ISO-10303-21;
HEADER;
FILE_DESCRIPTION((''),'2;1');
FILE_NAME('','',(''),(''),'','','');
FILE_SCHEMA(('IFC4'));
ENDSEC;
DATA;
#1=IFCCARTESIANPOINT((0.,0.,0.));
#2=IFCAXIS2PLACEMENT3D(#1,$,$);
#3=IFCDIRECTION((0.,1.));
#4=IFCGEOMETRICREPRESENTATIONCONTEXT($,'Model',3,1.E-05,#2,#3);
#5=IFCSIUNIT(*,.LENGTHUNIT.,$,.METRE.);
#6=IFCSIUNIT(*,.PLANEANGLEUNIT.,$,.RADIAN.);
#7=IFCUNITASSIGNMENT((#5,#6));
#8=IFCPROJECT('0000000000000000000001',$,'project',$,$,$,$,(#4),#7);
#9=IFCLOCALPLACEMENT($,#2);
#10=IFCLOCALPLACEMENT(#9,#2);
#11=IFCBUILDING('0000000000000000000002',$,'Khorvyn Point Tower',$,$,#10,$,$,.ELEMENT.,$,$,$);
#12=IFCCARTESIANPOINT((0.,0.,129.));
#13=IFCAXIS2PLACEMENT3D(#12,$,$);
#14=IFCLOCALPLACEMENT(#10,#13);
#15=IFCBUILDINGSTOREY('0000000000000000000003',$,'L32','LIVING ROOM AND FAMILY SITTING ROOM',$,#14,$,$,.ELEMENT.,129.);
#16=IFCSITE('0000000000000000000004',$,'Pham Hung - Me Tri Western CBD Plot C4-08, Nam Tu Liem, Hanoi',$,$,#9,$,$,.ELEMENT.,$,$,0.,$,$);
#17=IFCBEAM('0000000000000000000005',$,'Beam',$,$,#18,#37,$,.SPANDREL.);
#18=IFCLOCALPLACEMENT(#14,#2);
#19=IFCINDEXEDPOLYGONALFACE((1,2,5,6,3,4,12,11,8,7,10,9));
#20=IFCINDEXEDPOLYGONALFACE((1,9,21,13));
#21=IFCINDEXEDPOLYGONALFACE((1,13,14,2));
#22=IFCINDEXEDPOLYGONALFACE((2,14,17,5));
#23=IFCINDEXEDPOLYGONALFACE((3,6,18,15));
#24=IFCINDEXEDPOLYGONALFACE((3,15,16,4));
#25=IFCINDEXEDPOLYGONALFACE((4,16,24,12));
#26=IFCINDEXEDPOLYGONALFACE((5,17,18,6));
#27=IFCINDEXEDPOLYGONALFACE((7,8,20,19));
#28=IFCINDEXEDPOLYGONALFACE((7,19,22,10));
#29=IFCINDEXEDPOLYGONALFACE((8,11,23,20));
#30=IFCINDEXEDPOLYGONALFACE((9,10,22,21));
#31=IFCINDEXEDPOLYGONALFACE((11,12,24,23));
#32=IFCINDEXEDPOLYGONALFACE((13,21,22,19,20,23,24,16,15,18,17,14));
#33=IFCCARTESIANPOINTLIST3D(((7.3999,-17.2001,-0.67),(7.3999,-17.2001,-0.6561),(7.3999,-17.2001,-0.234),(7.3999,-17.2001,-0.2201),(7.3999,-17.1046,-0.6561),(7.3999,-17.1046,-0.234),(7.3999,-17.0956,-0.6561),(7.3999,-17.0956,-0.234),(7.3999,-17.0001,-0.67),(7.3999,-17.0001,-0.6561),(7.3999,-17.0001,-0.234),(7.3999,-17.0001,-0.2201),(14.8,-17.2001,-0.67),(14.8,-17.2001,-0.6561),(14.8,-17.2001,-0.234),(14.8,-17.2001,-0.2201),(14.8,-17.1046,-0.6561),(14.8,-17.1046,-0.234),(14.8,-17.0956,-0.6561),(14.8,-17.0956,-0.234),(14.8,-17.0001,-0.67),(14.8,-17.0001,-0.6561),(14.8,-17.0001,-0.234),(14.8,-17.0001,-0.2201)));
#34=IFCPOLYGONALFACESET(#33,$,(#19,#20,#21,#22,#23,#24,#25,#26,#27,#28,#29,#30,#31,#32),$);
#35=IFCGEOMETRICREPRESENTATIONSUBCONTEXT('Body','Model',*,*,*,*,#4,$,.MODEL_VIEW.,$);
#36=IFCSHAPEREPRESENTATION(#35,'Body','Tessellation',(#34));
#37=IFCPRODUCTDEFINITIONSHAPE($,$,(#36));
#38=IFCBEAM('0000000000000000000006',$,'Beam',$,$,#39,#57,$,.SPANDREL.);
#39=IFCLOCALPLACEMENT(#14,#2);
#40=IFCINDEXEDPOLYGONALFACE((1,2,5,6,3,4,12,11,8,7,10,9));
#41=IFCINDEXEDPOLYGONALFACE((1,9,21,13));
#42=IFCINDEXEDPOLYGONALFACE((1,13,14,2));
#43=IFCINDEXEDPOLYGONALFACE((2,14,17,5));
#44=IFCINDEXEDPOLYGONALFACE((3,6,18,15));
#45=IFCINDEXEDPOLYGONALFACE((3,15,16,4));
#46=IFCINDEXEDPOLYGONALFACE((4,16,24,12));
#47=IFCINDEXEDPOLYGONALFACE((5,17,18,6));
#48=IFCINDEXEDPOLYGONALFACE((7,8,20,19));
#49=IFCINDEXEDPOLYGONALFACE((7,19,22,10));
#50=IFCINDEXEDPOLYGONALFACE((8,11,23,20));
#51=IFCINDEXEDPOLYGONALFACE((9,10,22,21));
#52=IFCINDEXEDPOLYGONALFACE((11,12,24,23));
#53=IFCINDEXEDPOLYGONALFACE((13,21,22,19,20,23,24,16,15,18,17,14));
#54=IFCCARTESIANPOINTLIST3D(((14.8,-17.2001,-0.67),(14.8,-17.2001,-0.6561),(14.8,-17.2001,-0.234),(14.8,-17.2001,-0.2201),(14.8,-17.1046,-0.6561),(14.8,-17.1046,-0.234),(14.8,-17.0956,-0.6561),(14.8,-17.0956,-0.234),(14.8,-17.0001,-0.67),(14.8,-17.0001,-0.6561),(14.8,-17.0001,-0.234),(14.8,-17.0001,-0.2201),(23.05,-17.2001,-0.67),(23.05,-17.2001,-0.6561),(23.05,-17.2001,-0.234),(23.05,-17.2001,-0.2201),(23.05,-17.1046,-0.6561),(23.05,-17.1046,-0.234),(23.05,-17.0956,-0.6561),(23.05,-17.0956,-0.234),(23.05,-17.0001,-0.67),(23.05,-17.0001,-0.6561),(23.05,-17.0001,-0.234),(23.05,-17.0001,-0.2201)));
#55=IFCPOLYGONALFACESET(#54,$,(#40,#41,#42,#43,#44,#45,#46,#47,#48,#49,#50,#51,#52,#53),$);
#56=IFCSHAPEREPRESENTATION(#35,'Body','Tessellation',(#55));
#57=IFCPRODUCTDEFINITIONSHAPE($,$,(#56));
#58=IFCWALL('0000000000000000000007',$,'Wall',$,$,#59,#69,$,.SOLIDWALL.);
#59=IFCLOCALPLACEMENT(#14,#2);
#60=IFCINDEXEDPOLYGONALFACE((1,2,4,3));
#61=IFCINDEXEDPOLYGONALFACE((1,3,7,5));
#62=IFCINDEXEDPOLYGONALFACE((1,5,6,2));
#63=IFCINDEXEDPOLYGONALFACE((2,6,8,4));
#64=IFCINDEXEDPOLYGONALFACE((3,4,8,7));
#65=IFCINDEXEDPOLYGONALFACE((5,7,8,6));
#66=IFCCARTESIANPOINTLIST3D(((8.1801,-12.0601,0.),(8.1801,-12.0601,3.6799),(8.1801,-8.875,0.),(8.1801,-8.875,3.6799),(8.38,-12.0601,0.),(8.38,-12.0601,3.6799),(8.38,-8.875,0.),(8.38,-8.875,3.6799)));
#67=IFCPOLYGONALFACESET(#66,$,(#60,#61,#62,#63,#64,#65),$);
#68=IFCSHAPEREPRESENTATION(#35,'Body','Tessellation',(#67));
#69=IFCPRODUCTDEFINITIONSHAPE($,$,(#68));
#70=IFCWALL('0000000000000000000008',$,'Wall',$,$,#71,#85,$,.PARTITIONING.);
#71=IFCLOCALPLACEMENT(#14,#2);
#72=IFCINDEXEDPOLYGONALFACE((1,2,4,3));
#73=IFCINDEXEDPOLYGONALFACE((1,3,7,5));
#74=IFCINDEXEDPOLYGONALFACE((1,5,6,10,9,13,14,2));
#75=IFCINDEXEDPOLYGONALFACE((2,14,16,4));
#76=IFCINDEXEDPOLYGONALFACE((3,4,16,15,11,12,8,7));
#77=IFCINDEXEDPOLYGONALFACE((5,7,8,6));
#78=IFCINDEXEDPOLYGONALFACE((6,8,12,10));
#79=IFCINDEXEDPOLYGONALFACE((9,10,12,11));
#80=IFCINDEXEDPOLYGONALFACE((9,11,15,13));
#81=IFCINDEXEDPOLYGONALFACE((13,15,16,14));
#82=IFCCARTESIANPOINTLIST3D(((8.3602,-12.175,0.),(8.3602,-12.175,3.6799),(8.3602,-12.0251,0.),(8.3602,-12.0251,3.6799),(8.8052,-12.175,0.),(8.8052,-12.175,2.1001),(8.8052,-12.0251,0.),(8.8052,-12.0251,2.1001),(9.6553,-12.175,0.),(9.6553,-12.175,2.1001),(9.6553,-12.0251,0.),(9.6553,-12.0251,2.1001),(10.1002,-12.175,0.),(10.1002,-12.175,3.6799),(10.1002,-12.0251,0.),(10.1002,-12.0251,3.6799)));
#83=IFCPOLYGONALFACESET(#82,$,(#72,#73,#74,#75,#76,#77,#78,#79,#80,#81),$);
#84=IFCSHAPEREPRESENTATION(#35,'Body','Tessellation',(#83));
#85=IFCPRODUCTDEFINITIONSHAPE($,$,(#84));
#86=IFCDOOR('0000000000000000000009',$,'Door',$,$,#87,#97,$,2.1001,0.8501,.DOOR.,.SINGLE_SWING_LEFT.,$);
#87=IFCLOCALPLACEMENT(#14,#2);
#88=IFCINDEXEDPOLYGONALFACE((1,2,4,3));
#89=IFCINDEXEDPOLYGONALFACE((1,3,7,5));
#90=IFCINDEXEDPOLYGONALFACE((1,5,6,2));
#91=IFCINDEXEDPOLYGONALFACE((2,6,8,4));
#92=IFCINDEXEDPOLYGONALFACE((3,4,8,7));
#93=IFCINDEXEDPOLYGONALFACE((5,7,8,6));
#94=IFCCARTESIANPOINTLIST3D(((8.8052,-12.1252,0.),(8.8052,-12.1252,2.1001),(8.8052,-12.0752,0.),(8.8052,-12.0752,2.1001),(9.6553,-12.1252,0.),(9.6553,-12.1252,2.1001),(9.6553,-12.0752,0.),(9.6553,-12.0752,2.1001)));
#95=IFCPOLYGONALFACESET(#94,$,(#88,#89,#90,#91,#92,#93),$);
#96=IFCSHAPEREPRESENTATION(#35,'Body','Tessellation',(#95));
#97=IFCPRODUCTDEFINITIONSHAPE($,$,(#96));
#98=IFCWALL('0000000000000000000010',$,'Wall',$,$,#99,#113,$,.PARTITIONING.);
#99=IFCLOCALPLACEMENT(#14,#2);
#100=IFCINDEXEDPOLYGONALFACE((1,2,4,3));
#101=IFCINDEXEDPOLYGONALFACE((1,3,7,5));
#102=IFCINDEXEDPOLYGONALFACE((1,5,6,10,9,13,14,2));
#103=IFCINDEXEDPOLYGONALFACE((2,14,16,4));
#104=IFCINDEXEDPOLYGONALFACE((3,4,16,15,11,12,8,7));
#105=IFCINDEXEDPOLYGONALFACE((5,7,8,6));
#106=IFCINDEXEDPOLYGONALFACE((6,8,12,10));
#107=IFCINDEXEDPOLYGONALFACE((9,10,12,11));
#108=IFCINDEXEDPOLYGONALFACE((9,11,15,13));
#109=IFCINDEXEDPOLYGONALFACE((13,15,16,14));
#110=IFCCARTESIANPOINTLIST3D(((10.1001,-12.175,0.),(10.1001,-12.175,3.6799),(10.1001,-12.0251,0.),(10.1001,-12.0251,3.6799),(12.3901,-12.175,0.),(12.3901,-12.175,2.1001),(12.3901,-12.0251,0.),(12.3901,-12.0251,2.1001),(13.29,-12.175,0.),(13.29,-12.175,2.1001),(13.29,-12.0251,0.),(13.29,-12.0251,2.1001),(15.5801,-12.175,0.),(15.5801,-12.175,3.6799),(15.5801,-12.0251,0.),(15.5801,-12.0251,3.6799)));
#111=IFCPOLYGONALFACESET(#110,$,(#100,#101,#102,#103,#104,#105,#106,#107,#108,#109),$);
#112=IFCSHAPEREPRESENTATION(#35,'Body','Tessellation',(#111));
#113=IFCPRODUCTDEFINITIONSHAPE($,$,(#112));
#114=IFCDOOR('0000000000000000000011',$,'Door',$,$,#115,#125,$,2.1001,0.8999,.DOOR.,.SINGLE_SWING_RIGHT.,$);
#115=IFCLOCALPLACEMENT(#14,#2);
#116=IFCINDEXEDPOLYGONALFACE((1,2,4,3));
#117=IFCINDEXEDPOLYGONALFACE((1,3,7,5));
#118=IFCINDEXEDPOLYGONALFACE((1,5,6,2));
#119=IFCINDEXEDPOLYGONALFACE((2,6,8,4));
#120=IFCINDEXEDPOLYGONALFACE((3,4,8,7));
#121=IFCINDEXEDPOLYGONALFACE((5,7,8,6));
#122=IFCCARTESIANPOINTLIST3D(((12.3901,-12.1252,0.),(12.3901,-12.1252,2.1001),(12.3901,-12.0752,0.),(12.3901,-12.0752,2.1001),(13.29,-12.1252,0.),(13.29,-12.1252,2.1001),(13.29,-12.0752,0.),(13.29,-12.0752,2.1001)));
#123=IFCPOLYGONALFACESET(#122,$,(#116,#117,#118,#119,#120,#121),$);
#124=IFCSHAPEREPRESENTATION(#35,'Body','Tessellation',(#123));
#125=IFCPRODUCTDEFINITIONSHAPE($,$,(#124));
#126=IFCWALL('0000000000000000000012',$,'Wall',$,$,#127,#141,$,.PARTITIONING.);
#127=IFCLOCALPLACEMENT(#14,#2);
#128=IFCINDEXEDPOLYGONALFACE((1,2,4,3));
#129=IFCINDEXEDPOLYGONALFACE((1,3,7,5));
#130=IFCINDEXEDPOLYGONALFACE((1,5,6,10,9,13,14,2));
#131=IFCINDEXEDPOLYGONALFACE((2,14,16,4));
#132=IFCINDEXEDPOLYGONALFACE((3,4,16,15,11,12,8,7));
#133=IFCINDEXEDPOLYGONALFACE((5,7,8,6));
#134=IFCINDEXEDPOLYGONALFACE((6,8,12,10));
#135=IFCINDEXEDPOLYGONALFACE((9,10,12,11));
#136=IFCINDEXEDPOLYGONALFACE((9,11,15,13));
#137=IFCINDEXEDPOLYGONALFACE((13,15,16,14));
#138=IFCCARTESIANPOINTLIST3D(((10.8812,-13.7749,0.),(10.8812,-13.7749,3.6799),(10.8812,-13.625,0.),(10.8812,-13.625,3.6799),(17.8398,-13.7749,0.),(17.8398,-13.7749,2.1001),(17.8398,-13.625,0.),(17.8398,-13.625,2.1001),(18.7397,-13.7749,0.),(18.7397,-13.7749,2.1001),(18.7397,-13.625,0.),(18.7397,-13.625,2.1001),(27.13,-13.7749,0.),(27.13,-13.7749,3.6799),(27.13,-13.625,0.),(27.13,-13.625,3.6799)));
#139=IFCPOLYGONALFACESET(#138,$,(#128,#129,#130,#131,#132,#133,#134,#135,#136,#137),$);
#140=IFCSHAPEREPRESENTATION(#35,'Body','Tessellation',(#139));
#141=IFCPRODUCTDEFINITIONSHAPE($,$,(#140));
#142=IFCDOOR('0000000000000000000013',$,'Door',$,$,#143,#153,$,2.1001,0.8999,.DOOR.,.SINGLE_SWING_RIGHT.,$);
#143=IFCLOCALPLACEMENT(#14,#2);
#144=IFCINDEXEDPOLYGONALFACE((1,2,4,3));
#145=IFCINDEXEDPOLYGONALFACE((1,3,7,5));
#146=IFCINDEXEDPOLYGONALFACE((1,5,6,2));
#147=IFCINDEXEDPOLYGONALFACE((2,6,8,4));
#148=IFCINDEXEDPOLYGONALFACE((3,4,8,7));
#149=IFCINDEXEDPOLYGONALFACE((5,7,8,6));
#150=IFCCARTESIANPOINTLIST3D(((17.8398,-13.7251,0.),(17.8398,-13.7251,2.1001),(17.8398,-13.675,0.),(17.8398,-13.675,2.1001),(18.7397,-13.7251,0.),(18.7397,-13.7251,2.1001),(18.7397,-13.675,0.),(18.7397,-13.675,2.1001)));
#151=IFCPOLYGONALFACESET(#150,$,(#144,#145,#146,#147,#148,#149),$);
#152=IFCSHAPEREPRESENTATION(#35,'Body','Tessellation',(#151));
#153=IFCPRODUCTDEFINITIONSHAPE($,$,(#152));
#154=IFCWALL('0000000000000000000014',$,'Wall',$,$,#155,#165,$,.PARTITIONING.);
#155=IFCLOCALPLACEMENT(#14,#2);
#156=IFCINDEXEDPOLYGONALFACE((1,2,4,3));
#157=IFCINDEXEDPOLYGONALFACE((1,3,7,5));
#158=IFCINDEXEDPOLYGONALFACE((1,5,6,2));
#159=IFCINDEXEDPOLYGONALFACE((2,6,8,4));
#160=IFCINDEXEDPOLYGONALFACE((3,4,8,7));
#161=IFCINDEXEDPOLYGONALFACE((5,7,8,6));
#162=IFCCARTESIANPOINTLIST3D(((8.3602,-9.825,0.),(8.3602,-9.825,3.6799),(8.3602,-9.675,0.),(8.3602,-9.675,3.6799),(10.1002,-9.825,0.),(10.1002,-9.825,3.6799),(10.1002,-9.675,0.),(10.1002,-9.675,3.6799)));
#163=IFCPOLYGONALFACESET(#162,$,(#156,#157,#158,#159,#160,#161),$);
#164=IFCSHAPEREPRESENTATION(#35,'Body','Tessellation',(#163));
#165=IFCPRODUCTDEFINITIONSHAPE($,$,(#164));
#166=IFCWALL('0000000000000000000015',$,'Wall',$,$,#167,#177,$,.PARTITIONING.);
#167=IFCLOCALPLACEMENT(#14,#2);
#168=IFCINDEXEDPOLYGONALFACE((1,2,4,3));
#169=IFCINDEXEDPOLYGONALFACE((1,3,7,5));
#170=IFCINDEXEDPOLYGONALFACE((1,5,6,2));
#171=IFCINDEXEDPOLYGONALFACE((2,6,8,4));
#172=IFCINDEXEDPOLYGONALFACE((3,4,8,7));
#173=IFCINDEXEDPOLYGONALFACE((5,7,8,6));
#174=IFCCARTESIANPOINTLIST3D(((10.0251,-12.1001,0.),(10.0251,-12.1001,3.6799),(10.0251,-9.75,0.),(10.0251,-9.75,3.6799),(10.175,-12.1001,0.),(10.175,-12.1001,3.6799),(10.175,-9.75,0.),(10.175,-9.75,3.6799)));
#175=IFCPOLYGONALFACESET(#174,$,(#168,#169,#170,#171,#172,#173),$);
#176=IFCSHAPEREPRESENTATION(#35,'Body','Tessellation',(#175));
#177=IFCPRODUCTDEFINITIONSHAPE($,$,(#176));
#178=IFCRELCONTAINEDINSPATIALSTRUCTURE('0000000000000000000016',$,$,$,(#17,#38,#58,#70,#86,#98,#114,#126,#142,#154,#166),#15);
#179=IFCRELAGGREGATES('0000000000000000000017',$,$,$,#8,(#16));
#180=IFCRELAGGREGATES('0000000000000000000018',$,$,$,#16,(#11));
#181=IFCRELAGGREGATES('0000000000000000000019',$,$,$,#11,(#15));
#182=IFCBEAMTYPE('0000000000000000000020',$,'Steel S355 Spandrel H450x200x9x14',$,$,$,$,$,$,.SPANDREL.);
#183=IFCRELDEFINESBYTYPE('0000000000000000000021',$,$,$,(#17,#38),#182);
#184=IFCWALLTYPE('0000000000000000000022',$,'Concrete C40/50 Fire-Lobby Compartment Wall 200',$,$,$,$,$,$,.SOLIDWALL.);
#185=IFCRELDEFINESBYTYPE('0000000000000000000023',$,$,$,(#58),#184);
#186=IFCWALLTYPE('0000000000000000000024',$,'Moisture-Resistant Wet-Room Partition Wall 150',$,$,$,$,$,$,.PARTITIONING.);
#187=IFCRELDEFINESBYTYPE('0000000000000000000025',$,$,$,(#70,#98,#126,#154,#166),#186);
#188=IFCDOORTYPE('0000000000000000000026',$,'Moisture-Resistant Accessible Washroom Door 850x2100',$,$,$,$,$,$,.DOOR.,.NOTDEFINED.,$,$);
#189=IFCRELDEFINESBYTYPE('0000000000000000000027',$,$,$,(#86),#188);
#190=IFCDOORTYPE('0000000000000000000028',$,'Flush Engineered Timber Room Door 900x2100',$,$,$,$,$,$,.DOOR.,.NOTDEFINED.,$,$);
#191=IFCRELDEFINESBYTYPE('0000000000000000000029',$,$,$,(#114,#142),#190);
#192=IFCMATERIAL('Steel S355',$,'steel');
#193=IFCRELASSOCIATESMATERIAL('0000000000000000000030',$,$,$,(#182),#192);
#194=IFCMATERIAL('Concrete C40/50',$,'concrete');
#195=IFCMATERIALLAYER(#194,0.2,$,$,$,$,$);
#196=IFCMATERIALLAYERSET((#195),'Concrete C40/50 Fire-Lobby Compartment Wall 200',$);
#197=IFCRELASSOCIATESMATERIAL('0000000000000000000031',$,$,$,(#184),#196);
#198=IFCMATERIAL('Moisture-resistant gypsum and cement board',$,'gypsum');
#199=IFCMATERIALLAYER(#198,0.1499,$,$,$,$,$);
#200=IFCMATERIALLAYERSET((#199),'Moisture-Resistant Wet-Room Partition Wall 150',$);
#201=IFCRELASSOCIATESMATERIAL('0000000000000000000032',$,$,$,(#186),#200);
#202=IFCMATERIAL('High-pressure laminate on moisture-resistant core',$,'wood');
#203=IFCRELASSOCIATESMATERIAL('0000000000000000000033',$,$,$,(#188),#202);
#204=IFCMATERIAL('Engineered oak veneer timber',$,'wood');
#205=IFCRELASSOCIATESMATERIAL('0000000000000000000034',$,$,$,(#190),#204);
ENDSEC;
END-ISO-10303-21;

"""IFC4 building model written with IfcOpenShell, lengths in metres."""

from ifc_helpers import new_model, si_unit, direction, frame, frame_2d, origin, origin_2d, place, context, subcontext, project, spatial, rectangle, i_section, extrude, material, layer, layer_set, material_profile, profile_set, type_object, element, fill, save


model = new_model("IFC4")

# Units and contexts
model_context = context("Model", 3, precision=1e-05, world=origin(), true_north=direction((0.0, 1.0)))
body_context = subcontext(model_context, "Body", "Model", "MODEL_VIEW")
ifc_project = project(units=[si_unit("LENGTHUNIT", "METRE"), si_unit("PLANEANGLEUNIT", "RADIAN")], contexts=[model_context])

# Site, building, storey
site_placement = place(None, origin())
site = spatial("IfcSite", under=ifc_project, at=site_placement, Name="Pham Hung - Me Tri Western CBD Plot C4-08, Nam Tu Liem, Hanoi", CompositionType="ELEMENT", RefElevation=0.0)
building_placement = place(site_placement, origin())
building = spatial("IfcBuilding", under=site, at=building_placement, Name="Khorvyn Point Tower", CompositionType="ELEMENT")
storey_placement = place(building_placement, frame((0.0, 0.0, 129.0)))
storey = spatial("IfcBuildingStorey", under=building, at=storey_placement, Name="L32", Description="LIVING ROOM AND FAMILY SITTING ROOM", CompositionType="ELEMENT", Elevation=129.0)

# Beams
ifc_material_1 = material(Name="Steel S355", Category="steel")
ifc_material_profile_1 = material_profile(ifc_material_1, i_section(OverallWidth=0.2, OverallDepth=0.45, WebThickness=0.009, FlangeThickness=0.0139, at=origin_2d()))
ifc_profile_set_1 = profile_set([ifc_material_profile_1], Name="Steel S355 H450x200x9x14")
beam_type_1 = type_object("IfcBeamType", Name="Steel S355 Spandrel H450x200x9x14", PredefinedType="SPANDREL", material=ifc_profile_set_1)
beam_1_placement = place(storey_placement, frame((7.3999, -17.1001, -0.4451), z_axis=(1.0, 0.0, 0.0), x_axis=(0.0, 1.0, 0.0)))
element("IfcBeam", 1, at=beam_1_placement, inside=storey, type_object=beam_type_1, Name="Beam", PredefinedType="SPANDREL", context=body_context, shape_type="SweptSolid", body=[
    extrude(i_section(OverallWidth=0.2, OverallDepth=0.45, WebThickness=0.009, FlangeThickness=0.0139, at=origin_2d()), origin(), (0.0, 0.0, 1.0), 7.4001),
])
beam_2_placement = place(storey_placement, frame((14.8, -17.1001, -0.4451), z_axis=(1.0, 0.0, 0.0), x_axis=(0.0, 1.0, 0.0)))
element("IfcBeam", 2, at=beam_2_placement, inside=storey, type_object=beam_type_1, Name="Beam", PredefinedType="SPANDREL", context=body_context, shape_type="SweptSolid", body=[
    extrude(i_section(OverallWidth=0.2, OverallDepth=0.45, WebThickness=0.009, FlangeThickness=0.0139, at=origin_2d()), origin(), (0.0, 0.0, 1.0), 8.25),
])

# Shared definitions
ifc_material_2 = material(Name="Concrete C40/50", Category="concrete")
ifc_layer_1 = layer(ifc_material_2, 0.2)
ifc_layer_set_1 = layer_set([ifc_layer_1], Name="Concrete C40/50 Fire-Lobby Compartment Wall 200")
wall_type_1 = type_object("IfcWallType", Name="Concrete C40/50 Fire-Lobby Compartment Wall 200", PredefinedType="SOLIDWALL", material=ifc_layer_set_1)

# Wall
wall_1_placement = place(storey_placement, frame((8.28, -12.0601, 0.0), z_axis=(0.0, 0.0, 1.0), x_axis=(0.0, 1.0, 0.0)))
element("IfcWall", 3, at=wall_1_placement, inside=storey, type_object=wall_type_1, Name="Wall", PredefinedType="SOLIDWALL", context=body_context, shape_type="SweptSolid", body=[
    extrude(rectangle(XDim=3.1851, YDim=0.2, at=frame_2d((1.5925, 0.0))), origin(), (0.0, 0.0, 1.0), 3.6799),
])

# Walls, openings, doors
ifc_material_3 = material(Name="Moisture-resistant gypsum and cement board", Category="gypsum")
ifc_layer_2 = layer(ifc_material_3, 0.1499)
ifc_layer_set_2 = layer_set([ifc_layer_2], Name="Moisture-Resistant Wet-Room Partition Wall 150")
wall_type_2 = type_object("IfcWallType", Name="Moisture-Resistant Wet-Room Partition Wall 150", PredefinedType="PARTITIONING", material=ifc_layer_set_2)
wall_2_placement = place(storey_placement, frame((8.3601, -12.1001, 0.0), z_axis=(0.0, 0.0, 1.0), x_axis=(1.0, 0.0, 0.0)))
wall_2 = element("IfcWall", 4, at=wall_2_placement, inside=storey, type_object=wall_type_2, Name="Wall", PredefinedType="PARTITIONING", context=body_context, shape_type="SweptSolid", body=[
    extrude(rectangle(XDim=1.74, YDim=0.1499, at=frame_2d((0.8701, 0.0))), origin(), (0.0, 0.0, 1.0), 3.6799),
])
opening_1_placement = place(wall_2_placement, frame((0.4451, 0.0, 0.0)))
opening_1 = element("IfcOpeningElement", 5, at=opening_1_placement, cuts=wall_2, PredefinedType="OPENING", context=body_context, shape_type="SweptSolid", body=[
    extrude(rectangle(XDim=0.8501, YDim=2.1001, at=frame_2d((0.425, 1.05))), frame((0.0, 0.085, 0.0), z_axis=(0.0, -1.0, 0.0), x_axis=(1.0, 0.0, 0.0)), (0.0, 0.0, 1.0), 0.1699),
])
ifc_material_4 = material(Name="High-pressure laminate on moisture-resistant core", Category="wood")
door_type_1 = type_object("IfcDoorType", Name="Moisture-Resistant Accessible Washroom Door 850x2100", OperationType="NOTDEFINED", PredefinedType="DOOR", material=ifc_material_4)
door_1_placement = place(opening_1_placement, origin())
door_1 = element("IfcDoor", 6, at=door_1_placement, inside=storey, type_object=door_type_1, Name="Door", OperationType="SINGLE_SWING_LEFT", OverallHeight=2.1001, OverallWidth=0.8501, PredefinedType="DOOR", context=body_context, shape_type="SweptSolid", body=[
    extrude(rectangle(XDim=0.8501, YDim=2.1001, at=frame_2d((0.425, 1.05))), frame((0.0, 0.0249, 0.0), z_axis=(0.0, -1.0, 0.0), x_axis=(1.0, 0.0, 0.0)), (0.0, 0.0, 1.0), 0.05),
])
fill(opening_1, door_1)
wall_3_placement = place(storey_placement, frame((10.1001, -12.1001, 0.0), z_axis=(0.0, 0.0, 1.0), x_axis=(1.0, 0.0, 0.0)))
wall_3 = element("IfcWall", 7, at=wall_3_placement, inside=storey, type_object=wall_type_2, Name="Wall", PredefinedType="PARTITIONING", context=body_context, shape_type="SweptSolid", body=[
    extrude(rectangle(XDim=5.48, YDim=0.1499, at=frame_2d((2.74, 0.0))), origin(), (0.0, 0.0, 1.0), 3.6799),
])
opening_2_placement = place(wall_3_placement, frame((2.29, 0.0, 0.0)))
opening_2 = element("IfcOpeningElement", 8, at=opening_2_placement, cuts=wall_3, PredefinedType="OPENING", context=body_context, shape_type="SweptSolid", body=[
    extrude(rectangle(XDim=0.8999, YDim=2.1001, at=frame_2d((0.45, 1.05))), frame((0.0, 0.085, 0.0), z_axis=(0.0, -1.0, 0.0), x_axis=(1.0, 0.0, 0.0)), (0.0, 0.0, 1.0), 0.1699),
])
ifc_material_5 = material(Name="Engineered oak veneer timber", Category="wood")
door_type_2 = type_object("IfcDoorType", Name="Flush Engineered Timber Room Door 900x2100", OperationType="NOTDEFINED", PredefinedType="DOOR", material=ifc_material_5)
door_2_placement = place(opening_2_placement, origin())
door_2 = element("IfcDoor", 9, at=door_2_placement, inside=storey, type_object=door_type_2, Name="Door", OperationType="SINGLE_SWING_RIGHT", OverallHeight=2.1001, OverallWidth=0.8999, PredefinedType="DOOR", context=body_context, shape_type="SweptSolid", body=[
    extrude(rectangle(XDim=0.8999, YDim=2.1001, at=frame_2d((0.45, 1.05))), frame((0.0, 0.0249, 0.0), z_axis=(0.0, -1.0, 0.0), x_axis=(1.0, 0.0, 0.0)), (0.0, 0.0, 1.0), 0.05),
])
fill(opening_2, door_2)
wall_4_placement = place(storey_placement, frame((10.8811, -13.7, 0.0), z_axis=(0.0, 0.0, 1.0), x_axis=(1.0, 0.0, 0.0)))
wall_4 = element("IfcWall", 10, at=wall_4_placement, inside=storey, type_object=wall_type_2, Name="Wall", PredefinedType="PARTITIONING", context=body_context, shape_type="SweptSolid", body=[
    extrude(rectangle(XDim=16.2488, YDim=0.1499, at=frame_2d((8.1245, 0.0))), origin(), (0.0, 0.0, 1.0), 3.6799),
])
opening_3_placement = place(wall_4_placement, frame((6.9587, 0.0, 0.0)))
opening_3 = element("IfcOpeningElement", 11, at=opening_3_placement, cuts=wall_4, PredefinedType="OPENING", context=body_context, shape_type="SweptSolid", body=[
    extrude(rectangle(XDim=0.8999, YDim=2.1001, at=frame_2d((0.45, 1.05))), frame((0.0, 0.085, 0.0), z_axis=(0.0, -1.0, 0.0), x_axis=(1.0, 0.0, 0.0)), (0.0, 0.0, 1.0), 0.1699),
])
door_3_placement = place(opening_3_placement, origin())
door_3 = element("IfcDoor", 12, at=door_3_placement, inside=storey, type_object=door_type_2, Name="Door", OperationType="SINGLE_SWING_RIGHT", OverallHeight=2.1001, OverallWidth=0.8999, PredefinedType="DOOR", context=body_context, shape_type="SweptSolid", body=[
    extrude(rectangle(XDim=0.8999, YDim=2.1001, at=frame_2d((0.45, 1.05))), frame((0.0, 0.0249, 0.0), z_axis=(0.0, -1.0, 0.0), x_axis=(1.0, 0.0, 0.0)), (0.0, 0.0, 1.0), 0.05),
])
fill(opening_3, door_3)

# Walls
wall_5_placement = place(storey_placement, frame((8.3601, -9.75, 0.0), z_axis=(0.0, 0.0, 1.0), x_axis=(1.0, 0.0, 0.0)))
element("IfcWall", 13, at=wall_5_placement, inside=storey, type_object=wall_type_2, Name="Wall", PredefinedType="PARTITIONING", context=body_context, shape_type="SweptSolid", body=[
    extrude(rectangle(XDim=1.74, YDim=0.1499, at=frame_2d((0.8701, 0.0))), origin(), (0.0, 0.0, 1.0), 3.6799),
])
wall_6_placement = place(storey_placement, frame((10.1001, -12.1001, 0.0), z_axis=(0.0, 0.0, 1.0), x_axis=(0.0, 1.0, 0.0)))
element("IfcWall", 14, at=wall_6_placement, inside=storey, type_object=wall_type_2, Name="Wall", PredefinedType="PARTITIONING", context=body_context, shape_type="SweptSolid", body=[
    extrude(rectangle(XDim=2.3501, YDim=0.1499, at=frame_2d((1.175, 0.0))), origin(), (0.0, 0.0, 1.0), 3.6799),
])

save(model, "model.ifc")
